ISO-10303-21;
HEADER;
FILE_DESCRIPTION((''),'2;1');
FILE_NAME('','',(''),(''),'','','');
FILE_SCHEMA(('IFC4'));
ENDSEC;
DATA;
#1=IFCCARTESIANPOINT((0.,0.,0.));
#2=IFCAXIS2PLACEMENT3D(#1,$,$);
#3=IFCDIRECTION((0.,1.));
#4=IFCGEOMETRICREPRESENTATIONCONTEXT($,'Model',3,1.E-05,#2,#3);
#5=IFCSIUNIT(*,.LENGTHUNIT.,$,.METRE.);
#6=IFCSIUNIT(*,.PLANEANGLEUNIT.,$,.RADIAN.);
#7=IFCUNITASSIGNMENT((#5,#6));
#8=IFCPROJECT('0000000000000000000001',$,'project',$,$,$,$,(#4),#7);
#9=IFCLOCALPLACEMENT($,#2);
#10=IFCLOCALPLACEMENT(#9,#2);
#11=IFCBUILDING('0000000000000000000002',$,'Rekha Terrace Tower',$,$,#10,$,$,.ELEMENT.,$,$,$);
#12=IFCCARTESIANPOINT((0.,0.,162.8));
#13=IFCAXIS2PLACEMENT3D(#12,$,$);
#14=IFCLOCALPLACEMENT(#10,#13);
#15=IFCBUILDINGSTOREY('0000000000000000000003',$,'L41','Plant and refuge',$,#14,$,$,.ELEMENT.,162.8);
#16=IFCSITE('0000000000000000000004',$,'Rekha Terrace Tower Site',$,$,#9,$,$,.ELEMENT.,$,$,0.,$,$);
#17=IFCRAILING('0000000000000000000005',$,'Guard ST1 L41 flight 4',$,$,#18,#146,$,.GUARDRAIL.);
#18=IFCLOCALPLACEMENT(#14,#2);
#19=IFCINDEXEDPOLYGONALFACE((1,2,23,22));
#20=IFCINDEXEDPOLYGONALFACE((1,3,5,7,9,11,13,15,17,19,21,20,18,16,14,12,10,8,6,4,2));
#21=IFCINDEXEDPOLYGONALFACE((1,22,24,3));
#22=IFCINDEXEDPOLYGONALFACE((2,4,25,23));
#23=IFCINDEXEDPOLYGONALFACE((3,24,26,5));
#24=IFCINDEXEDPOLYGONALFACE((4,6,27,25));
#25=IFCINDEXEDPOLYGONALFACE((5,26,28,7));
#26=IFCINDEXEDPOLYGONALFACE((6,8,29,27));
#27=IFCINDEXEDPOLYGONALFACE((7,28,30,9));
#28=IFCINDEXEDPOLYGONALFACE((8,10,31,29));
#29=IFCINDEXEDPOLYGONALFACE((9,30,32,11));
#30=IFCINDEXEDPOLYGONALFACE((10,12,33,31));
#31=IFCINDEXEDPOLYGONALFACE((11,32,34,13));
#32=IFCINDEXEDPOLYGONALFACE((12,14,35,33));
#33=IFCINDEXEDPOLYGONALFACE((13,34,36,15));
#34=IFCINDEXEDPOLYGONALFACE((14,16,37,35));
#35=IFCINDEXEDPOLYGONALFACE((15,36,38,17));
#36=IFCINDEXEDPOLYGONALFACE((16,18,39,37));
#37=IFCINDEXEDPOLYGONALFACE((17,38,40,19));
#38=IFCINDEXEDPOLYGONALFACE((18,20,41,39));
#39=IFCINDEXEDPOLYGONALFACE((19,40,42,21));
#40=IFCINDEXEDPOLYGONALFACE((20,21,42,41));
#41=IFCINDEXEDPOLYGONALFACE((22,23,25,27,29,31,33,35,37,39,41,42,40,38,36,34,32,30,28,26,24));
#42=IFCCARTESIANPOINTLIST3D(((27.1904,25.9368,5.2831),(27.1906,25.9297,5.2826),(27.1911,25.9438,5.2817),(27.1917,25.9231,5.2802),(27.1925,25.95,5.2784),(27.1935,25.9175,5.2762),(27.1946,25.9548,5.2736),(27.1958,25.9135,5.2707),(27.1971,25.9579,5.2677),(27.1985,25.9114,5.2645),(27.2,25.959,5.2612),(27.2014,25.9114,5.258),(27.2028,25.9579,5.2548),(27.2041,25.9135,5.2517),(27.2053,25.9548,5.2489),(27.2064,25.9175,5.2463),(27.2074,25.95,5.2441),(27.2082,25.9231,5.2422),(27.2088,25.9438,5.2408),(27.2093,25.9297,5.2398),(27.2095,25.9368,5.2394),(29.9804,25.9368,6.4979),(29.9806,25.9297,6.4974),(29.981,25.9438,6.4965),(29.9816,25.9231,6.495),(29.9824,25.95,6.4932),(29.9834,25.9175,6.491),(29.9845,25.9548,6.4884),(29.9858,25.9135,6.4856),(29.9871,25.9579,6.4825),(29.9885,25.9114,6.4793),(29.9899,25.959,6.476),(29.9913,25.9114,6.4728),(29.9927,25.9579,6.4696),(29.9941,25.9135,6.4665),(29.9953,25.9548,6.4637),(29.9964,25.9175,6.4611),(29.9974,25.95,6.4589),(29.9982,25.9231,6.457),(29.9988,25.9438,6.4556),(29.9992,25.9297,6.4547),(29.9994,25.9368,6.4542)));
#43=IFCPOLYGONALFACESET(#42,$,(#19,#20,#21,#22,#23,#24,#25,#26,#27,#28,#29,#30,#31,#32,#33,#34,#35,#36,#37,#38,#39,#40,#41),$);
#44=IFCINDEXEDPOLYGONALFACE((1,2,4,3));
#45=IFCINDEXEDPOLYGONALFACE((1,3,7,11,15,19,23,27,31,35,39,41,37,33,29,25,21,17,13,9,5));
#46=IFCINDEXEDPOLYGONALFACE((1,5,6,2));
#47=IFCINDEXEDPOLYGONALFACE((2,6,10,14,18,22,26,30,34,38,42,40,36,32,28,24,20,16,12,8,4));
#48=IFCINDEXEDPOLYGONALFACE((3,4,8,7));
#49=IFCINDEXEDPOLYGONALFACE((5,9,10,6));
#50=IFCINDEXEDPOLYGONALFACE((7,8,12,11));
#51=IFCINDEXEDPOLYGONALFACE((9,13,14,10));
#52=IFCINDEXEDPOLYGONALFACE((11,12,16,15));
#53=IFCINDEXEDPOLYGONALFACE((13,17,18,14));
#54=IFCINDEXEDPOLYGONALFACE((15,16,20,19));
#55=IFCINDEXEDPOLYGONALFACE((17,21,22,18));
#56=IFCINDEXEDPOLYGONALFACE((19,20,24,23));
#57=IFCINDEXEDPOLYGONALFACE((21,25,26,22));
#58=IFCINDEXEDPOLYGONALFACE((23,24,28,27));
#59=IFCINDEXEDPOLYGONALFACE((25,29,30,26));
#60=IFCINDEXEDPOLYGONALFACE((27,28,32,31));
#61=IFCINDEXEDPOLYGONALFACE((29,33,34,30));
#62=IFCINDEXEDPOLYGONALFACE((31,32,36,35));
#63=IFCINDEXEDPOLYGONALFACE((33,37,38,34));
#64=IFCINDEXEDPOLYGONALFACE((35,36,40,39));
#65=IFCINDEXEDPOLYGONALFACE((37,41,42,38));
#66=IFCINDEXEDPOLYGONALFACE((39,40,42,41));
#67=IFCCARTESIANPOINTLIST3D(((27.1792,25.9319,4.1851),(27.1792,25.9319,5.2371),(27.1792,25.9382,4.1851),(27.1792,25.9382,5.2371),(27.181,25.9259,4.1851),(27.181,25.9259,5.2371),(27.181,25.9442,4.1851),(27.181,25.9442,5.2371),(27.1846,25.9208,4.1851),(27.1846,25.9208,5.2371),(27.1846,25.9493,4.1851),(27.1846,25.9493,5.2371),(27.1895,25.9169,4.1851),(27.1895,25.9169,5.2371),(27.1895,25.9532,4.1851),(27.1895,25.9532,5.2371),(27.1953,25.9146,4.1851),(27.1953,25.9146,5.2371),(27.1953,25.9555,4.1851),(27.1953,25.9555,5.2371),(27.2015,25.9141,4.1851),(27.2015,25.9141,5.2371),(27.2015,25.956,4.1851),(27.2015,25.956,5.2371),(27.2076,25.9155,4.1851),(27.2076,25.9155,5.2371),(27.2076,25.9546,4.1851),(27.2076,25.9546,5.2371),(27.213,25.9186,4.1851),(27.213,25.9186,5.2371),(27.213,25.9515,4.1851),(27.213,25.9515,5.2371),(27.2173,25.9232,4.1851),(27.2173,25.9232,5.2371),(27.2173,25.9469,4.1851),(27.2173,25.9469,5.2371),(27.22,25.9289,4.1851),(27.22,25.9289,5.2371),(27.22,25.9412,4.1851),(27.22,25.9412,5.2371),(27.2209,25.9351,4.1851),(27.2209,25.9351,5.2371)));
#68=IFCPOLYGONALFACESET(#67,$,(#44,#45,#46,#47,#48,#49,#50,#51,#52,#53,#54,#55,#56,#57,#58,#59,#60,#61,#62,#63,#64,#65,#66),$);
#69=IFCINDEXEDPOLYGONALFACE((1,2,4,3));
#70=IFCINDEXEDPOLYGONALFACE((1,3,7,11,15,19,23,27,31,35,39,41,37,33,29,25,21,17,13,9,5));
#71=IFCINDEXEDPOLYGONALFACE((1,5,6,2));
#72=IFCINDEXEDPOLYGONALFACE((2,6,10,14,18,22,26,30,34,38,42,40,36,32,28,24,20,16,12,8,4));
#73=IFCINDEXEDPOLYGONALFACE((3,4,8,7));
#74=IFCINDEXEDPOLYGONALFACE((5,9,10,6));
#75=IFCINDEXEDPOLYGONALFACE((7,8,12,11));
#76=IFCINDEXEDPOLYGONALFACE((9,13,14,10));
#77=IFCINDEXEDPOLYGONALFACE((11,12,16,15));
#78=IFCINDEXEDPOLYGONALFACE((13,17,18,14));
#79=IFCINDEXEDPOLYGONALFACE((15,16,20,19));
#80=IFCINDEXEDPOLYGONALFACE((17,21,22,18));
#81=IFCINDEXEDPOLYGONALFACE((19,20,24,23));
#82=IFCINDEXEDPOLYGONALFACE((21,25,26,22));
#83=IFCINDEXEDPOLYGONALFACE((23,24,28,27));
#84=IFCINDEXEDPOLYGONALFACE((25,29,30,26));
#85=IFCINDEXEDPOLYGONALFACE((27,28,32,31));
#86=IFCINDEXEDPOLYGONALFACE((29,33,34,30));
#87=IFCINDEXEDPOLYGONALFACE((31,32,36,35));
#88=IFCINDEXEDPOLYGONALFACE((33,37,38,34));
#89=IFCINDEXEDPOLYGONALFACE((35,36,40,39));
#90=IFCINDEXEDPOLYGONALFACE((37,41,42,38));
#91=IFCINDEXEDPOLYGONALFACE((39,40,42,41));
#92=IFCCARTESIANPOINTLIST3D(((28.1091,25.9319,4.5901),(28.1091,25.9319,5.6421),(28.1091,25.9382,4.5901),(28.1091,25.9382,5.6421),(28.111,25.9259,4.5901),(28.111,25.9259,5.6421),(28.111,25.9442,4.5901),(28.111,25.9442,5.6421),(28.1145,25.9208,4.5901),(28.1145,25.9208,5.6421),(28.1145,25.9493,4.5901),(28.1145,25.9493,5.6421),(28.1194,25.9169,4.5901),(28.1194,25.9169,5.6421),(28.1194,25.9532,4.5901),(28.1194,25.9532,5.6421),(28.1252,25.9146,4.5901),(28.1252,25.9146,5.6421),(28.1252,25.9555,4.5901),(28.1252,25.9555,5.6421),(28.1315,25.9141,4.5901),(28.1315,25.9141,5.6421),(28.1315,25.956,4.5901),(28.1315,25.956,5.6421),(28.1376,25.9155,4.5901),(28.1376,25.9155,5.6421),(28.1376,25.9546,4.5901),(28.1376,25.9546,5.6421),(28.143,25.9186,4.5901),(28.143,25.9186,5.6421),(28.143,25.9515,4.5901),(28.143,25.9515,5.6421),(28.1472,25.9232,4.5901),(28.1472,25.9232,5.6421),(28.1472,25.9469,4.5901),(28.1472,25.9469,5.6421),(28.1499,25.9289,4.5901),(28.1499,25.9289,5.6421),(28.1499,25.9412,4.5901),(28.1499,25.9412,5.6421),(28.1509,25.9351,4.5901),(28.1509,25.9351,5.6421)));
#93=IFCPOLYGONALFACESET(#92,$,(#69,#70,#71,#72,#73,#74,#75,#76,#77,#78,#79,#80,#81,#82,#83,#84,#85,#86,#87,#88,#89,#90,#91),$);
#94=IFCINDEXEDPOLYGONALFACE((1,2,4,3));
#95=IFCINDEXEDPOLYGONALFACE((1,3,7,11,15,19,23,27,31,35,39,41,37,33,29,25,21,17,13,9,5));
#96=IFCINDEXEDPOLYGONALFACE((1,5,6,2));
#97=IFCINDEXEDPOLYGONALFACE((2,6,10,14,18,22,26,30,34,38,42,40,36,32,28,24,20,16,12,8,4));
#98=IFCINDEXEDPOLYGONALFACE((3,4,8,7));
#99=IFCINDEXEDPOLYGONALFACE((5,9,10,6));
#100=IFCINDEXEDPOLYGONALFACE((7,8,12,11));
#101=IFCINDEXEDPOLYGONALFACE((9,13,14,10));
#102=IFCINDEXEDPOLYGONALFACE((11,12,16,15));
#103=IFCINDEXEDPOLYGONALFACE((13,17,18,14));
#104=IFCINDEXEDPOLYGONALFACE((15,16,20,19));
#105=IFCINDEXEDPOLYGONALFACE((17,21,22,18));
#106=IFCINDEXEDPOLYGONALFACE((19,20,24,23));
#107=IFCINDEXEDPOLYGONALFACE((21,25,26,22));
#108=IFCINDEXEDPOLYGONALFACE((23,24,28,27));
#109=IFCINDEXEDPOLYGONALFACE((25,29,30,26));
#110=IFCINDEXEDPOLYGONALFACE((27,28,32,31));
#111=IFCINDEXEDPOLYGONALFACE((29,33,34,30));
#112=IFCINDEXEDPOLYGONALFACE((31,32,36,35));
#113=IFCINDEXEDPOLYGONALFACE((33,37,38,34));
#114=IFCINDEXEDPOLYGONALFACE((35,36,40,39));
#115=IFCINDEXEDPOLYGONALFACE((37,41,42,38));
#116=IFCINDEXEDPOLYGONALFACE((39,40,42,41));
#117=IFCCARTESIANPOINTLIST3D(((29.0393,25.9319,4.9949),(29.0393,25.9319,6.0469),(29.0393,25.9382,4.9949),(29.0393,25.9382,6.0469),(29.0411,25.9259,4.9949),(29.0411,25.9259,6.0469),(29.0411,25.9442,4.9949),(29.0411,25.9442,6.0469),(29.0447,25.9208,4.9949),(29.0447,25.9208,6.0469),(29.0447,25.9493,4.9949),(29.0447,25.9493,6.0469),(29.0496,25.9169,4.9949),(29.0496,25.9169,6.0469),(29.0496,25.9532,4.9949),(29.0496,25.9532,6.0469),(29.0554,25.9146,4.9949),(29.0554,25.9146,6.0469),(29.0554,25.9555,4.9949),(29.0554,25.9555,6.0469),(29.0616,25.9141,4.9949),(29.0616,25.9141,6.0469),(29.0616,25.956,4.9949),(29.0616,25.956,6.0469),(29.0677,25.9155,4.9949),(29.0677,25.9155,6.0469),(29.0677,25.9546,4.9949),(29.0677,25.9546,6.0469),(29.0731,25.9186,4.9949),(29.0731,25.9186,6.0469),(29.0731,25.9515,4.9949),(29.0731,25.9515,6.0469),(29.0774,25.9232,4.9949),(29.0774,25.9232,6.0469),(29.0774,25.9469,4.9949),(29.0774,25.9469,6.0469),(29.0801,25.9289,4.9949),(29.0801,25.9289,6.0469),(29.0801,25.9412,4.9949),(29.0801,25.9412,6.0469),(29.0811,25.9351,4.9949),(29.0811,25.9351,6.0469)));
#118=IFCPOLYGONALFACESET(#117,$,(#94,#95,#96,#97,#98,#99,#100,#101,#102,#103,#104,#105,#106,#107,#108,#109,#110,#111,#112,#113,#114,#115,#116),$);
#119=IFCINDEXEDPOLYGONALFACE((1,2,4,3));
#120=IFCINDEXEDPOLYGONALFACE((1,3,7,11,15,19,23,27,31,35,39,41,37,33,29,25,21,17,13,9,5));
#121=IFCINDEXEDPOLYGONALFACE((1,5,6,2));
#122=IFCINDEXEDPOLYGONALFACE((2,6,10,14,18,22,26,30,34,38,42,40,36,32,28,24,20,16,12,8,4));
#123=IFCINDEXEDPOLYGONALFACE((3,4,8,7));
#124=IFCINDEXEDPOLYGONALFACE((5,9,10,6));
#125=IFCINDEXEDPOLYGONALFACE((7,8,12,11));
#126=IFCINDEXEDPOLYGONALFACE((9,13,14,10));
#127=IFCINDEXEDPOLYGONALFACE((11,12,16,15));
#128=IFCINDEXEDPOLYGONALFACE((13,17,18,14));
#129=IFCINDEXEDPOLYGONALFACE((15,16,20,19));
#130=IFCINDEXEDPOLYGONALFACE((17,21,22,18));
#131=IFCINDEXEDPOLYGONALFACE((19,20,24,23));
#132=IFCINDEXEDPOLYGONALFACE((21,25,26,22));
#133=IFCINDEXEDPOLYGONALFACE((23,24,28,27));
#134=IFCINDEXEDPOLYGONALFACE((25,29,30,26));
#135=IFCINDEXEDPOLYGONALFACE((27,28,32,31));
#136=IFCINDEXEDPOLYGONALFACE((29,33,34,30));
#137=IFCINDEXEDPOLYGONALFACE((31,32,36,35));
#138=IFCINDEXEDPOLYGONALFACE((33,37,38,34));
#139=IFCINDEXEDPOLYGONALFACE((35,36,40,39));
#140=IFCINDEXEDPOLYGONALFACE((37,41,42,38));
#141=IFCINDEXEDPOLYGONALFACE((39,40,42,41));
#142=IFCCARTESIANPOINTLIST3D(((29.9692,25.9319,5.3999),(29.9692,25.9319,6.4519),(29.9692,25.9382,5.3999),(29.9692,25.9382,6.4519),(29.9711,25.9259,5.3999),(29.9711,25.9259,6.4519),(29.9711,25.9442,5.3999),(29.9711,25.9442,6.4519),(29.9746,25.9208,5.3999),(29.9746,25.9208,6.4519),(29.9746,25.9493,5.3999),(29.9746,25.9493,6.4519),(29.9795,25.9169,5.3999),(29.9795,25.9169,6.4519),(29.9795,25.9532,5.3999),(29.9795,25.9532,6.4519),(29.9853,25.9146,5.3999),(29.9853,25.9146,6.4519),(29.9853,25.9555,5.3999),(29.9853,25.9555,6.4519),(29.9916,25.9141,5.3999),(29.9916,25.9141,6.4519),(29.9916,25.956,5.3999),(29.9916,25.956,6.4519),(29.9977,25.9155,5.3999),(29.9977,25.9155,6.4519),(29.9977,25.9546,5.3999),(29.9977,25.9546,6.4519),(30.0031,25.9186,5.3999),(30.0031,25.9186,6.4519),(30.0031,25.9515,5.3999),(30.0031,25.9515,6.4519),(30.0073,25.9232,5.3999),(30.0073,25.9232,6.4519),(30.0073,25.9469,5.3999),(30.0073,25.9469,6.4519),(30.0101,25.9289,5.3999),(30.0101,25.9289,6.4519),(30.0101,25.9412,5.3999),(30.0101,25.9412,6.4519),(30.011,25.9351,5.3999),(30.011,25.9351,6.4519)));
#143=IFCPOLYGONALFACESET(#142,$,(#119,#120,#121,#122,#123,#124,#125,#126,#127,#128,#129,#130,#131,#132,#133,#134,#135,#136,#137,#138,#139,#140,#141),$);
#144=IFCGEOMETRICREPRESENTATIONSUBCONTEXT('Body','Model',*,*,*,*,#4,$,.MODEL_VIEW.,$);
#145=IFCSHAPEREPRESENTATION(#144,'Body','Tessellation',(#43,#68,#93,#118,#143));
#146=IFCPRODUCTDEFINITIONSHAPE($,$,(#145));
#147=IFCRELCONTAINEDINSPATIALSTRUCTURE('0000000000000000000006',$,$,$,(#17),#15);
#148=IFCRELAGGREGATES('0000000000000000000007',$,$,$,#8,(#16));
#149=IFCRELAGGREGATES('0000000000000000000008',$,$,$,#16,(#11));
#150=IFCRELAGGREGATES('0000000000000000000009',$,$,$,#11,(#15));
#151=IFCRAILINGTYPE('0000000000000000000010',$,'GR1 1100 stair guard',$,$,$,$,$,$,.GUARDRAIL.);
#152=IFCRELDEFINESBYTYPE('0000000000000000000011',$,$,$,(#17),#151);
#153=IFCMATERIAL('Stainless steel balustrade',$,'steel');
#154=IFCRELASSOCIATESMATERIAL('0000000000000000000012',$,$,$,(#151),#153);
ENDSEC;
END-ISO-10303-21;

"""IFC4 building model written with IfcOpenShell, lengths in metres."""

from ifc_helpers import new_model, si_unit, direction, frame, origin, origin_2d, place, context, subcontext, project, spatial, circle, extrude, material, type_object, element, save


model = new_model("IFC4")

# Units and contexts
model_context = context("Model", 3, precision=1e-05, world=origin(), true_north=direction((0.0, 1.0)))
body_context = subcontext(model_context, "Body", "Model", "MODEL_VIEW")
ifc_project = project(units=[si_unit("LENGTHUNIT", "METRE"), si_unit("PLANEANGLEUNIT", "RADIAN")], contexts=[model_context])

# Site, building, storey
site_placement = place(None, origin())
site = spatial("IfcSite", under=ifc_project, at=site_placement, Name="Rekha Terrace Tower Site", CompositionType="ELEMENT", RefElevation=0.0)
building_placement = place(site_placement, origin())
building = spatial("IfcBuilding", under=site, at=building_placement, Name="Rekha Terrace Tower", CompositionType="ELEMENT")
storey_placement = place(building_placement, frame((0.0, 0.0, 162.8)))
storey = spatial("IfcBuildingStorey", under=building, at=storey_placement, Name="L41", Description="Plant and refuge", CompositionType="ELEMENT", Elevation=162.8)

# Railing
ifc_material_1 = material(Name="Stainless steel balustrade", Category="steel")
railing_type_1 = type_object("IfcRailingType", Name="GR1 1100 stair guard", PredefinedType="GUARDRAIL", material=ifc_material_1)
railing_1_placement = place(storey_placement, frame((27.2, 25.9351, 4.1851)))
element("IfcRailing", 1, at=railing_1_placement, inside=storey, type_object=railing_type_1, Name="Guard ST1 L41 flight 4", PredefinedType="GUARDRAIL", context=body_context, shape_type="SweptSolid", body=[
    extrude(circle(Radius=0.0239, at=origin_2d()), frame((0.0, 0.0, 1.0762), z_axis=(0.916856, 0.0, 0.399219), x_axis=(0.0, 1.0, 0.0)), (0.0, 0.0, 1.0), 3.043),
    extrude(circle(Radius=0.021, at=origin_2d()), origin(), (0.0, 0.0, 1.0), 1.052),
    extrude(circle(Radius=0.021, at=origin_2d()), frame((0.9299, 0.0, 0.405)), (0.0, 0.0, 1.0), 1.052),
    extrude(circle(Radius=0.021, at=origin_2d()), frame((1.8601, 0.0, 0.8098)), (0.0, 0.0, 1.0), 1.052),
    extrude(circle(Radius=0.021, at=origin_2d()), frame((2.79, 0.0, 1.2148)), (0.0, 0.0, 1.0), 1.052),
])

save(model, "model.ifc")
